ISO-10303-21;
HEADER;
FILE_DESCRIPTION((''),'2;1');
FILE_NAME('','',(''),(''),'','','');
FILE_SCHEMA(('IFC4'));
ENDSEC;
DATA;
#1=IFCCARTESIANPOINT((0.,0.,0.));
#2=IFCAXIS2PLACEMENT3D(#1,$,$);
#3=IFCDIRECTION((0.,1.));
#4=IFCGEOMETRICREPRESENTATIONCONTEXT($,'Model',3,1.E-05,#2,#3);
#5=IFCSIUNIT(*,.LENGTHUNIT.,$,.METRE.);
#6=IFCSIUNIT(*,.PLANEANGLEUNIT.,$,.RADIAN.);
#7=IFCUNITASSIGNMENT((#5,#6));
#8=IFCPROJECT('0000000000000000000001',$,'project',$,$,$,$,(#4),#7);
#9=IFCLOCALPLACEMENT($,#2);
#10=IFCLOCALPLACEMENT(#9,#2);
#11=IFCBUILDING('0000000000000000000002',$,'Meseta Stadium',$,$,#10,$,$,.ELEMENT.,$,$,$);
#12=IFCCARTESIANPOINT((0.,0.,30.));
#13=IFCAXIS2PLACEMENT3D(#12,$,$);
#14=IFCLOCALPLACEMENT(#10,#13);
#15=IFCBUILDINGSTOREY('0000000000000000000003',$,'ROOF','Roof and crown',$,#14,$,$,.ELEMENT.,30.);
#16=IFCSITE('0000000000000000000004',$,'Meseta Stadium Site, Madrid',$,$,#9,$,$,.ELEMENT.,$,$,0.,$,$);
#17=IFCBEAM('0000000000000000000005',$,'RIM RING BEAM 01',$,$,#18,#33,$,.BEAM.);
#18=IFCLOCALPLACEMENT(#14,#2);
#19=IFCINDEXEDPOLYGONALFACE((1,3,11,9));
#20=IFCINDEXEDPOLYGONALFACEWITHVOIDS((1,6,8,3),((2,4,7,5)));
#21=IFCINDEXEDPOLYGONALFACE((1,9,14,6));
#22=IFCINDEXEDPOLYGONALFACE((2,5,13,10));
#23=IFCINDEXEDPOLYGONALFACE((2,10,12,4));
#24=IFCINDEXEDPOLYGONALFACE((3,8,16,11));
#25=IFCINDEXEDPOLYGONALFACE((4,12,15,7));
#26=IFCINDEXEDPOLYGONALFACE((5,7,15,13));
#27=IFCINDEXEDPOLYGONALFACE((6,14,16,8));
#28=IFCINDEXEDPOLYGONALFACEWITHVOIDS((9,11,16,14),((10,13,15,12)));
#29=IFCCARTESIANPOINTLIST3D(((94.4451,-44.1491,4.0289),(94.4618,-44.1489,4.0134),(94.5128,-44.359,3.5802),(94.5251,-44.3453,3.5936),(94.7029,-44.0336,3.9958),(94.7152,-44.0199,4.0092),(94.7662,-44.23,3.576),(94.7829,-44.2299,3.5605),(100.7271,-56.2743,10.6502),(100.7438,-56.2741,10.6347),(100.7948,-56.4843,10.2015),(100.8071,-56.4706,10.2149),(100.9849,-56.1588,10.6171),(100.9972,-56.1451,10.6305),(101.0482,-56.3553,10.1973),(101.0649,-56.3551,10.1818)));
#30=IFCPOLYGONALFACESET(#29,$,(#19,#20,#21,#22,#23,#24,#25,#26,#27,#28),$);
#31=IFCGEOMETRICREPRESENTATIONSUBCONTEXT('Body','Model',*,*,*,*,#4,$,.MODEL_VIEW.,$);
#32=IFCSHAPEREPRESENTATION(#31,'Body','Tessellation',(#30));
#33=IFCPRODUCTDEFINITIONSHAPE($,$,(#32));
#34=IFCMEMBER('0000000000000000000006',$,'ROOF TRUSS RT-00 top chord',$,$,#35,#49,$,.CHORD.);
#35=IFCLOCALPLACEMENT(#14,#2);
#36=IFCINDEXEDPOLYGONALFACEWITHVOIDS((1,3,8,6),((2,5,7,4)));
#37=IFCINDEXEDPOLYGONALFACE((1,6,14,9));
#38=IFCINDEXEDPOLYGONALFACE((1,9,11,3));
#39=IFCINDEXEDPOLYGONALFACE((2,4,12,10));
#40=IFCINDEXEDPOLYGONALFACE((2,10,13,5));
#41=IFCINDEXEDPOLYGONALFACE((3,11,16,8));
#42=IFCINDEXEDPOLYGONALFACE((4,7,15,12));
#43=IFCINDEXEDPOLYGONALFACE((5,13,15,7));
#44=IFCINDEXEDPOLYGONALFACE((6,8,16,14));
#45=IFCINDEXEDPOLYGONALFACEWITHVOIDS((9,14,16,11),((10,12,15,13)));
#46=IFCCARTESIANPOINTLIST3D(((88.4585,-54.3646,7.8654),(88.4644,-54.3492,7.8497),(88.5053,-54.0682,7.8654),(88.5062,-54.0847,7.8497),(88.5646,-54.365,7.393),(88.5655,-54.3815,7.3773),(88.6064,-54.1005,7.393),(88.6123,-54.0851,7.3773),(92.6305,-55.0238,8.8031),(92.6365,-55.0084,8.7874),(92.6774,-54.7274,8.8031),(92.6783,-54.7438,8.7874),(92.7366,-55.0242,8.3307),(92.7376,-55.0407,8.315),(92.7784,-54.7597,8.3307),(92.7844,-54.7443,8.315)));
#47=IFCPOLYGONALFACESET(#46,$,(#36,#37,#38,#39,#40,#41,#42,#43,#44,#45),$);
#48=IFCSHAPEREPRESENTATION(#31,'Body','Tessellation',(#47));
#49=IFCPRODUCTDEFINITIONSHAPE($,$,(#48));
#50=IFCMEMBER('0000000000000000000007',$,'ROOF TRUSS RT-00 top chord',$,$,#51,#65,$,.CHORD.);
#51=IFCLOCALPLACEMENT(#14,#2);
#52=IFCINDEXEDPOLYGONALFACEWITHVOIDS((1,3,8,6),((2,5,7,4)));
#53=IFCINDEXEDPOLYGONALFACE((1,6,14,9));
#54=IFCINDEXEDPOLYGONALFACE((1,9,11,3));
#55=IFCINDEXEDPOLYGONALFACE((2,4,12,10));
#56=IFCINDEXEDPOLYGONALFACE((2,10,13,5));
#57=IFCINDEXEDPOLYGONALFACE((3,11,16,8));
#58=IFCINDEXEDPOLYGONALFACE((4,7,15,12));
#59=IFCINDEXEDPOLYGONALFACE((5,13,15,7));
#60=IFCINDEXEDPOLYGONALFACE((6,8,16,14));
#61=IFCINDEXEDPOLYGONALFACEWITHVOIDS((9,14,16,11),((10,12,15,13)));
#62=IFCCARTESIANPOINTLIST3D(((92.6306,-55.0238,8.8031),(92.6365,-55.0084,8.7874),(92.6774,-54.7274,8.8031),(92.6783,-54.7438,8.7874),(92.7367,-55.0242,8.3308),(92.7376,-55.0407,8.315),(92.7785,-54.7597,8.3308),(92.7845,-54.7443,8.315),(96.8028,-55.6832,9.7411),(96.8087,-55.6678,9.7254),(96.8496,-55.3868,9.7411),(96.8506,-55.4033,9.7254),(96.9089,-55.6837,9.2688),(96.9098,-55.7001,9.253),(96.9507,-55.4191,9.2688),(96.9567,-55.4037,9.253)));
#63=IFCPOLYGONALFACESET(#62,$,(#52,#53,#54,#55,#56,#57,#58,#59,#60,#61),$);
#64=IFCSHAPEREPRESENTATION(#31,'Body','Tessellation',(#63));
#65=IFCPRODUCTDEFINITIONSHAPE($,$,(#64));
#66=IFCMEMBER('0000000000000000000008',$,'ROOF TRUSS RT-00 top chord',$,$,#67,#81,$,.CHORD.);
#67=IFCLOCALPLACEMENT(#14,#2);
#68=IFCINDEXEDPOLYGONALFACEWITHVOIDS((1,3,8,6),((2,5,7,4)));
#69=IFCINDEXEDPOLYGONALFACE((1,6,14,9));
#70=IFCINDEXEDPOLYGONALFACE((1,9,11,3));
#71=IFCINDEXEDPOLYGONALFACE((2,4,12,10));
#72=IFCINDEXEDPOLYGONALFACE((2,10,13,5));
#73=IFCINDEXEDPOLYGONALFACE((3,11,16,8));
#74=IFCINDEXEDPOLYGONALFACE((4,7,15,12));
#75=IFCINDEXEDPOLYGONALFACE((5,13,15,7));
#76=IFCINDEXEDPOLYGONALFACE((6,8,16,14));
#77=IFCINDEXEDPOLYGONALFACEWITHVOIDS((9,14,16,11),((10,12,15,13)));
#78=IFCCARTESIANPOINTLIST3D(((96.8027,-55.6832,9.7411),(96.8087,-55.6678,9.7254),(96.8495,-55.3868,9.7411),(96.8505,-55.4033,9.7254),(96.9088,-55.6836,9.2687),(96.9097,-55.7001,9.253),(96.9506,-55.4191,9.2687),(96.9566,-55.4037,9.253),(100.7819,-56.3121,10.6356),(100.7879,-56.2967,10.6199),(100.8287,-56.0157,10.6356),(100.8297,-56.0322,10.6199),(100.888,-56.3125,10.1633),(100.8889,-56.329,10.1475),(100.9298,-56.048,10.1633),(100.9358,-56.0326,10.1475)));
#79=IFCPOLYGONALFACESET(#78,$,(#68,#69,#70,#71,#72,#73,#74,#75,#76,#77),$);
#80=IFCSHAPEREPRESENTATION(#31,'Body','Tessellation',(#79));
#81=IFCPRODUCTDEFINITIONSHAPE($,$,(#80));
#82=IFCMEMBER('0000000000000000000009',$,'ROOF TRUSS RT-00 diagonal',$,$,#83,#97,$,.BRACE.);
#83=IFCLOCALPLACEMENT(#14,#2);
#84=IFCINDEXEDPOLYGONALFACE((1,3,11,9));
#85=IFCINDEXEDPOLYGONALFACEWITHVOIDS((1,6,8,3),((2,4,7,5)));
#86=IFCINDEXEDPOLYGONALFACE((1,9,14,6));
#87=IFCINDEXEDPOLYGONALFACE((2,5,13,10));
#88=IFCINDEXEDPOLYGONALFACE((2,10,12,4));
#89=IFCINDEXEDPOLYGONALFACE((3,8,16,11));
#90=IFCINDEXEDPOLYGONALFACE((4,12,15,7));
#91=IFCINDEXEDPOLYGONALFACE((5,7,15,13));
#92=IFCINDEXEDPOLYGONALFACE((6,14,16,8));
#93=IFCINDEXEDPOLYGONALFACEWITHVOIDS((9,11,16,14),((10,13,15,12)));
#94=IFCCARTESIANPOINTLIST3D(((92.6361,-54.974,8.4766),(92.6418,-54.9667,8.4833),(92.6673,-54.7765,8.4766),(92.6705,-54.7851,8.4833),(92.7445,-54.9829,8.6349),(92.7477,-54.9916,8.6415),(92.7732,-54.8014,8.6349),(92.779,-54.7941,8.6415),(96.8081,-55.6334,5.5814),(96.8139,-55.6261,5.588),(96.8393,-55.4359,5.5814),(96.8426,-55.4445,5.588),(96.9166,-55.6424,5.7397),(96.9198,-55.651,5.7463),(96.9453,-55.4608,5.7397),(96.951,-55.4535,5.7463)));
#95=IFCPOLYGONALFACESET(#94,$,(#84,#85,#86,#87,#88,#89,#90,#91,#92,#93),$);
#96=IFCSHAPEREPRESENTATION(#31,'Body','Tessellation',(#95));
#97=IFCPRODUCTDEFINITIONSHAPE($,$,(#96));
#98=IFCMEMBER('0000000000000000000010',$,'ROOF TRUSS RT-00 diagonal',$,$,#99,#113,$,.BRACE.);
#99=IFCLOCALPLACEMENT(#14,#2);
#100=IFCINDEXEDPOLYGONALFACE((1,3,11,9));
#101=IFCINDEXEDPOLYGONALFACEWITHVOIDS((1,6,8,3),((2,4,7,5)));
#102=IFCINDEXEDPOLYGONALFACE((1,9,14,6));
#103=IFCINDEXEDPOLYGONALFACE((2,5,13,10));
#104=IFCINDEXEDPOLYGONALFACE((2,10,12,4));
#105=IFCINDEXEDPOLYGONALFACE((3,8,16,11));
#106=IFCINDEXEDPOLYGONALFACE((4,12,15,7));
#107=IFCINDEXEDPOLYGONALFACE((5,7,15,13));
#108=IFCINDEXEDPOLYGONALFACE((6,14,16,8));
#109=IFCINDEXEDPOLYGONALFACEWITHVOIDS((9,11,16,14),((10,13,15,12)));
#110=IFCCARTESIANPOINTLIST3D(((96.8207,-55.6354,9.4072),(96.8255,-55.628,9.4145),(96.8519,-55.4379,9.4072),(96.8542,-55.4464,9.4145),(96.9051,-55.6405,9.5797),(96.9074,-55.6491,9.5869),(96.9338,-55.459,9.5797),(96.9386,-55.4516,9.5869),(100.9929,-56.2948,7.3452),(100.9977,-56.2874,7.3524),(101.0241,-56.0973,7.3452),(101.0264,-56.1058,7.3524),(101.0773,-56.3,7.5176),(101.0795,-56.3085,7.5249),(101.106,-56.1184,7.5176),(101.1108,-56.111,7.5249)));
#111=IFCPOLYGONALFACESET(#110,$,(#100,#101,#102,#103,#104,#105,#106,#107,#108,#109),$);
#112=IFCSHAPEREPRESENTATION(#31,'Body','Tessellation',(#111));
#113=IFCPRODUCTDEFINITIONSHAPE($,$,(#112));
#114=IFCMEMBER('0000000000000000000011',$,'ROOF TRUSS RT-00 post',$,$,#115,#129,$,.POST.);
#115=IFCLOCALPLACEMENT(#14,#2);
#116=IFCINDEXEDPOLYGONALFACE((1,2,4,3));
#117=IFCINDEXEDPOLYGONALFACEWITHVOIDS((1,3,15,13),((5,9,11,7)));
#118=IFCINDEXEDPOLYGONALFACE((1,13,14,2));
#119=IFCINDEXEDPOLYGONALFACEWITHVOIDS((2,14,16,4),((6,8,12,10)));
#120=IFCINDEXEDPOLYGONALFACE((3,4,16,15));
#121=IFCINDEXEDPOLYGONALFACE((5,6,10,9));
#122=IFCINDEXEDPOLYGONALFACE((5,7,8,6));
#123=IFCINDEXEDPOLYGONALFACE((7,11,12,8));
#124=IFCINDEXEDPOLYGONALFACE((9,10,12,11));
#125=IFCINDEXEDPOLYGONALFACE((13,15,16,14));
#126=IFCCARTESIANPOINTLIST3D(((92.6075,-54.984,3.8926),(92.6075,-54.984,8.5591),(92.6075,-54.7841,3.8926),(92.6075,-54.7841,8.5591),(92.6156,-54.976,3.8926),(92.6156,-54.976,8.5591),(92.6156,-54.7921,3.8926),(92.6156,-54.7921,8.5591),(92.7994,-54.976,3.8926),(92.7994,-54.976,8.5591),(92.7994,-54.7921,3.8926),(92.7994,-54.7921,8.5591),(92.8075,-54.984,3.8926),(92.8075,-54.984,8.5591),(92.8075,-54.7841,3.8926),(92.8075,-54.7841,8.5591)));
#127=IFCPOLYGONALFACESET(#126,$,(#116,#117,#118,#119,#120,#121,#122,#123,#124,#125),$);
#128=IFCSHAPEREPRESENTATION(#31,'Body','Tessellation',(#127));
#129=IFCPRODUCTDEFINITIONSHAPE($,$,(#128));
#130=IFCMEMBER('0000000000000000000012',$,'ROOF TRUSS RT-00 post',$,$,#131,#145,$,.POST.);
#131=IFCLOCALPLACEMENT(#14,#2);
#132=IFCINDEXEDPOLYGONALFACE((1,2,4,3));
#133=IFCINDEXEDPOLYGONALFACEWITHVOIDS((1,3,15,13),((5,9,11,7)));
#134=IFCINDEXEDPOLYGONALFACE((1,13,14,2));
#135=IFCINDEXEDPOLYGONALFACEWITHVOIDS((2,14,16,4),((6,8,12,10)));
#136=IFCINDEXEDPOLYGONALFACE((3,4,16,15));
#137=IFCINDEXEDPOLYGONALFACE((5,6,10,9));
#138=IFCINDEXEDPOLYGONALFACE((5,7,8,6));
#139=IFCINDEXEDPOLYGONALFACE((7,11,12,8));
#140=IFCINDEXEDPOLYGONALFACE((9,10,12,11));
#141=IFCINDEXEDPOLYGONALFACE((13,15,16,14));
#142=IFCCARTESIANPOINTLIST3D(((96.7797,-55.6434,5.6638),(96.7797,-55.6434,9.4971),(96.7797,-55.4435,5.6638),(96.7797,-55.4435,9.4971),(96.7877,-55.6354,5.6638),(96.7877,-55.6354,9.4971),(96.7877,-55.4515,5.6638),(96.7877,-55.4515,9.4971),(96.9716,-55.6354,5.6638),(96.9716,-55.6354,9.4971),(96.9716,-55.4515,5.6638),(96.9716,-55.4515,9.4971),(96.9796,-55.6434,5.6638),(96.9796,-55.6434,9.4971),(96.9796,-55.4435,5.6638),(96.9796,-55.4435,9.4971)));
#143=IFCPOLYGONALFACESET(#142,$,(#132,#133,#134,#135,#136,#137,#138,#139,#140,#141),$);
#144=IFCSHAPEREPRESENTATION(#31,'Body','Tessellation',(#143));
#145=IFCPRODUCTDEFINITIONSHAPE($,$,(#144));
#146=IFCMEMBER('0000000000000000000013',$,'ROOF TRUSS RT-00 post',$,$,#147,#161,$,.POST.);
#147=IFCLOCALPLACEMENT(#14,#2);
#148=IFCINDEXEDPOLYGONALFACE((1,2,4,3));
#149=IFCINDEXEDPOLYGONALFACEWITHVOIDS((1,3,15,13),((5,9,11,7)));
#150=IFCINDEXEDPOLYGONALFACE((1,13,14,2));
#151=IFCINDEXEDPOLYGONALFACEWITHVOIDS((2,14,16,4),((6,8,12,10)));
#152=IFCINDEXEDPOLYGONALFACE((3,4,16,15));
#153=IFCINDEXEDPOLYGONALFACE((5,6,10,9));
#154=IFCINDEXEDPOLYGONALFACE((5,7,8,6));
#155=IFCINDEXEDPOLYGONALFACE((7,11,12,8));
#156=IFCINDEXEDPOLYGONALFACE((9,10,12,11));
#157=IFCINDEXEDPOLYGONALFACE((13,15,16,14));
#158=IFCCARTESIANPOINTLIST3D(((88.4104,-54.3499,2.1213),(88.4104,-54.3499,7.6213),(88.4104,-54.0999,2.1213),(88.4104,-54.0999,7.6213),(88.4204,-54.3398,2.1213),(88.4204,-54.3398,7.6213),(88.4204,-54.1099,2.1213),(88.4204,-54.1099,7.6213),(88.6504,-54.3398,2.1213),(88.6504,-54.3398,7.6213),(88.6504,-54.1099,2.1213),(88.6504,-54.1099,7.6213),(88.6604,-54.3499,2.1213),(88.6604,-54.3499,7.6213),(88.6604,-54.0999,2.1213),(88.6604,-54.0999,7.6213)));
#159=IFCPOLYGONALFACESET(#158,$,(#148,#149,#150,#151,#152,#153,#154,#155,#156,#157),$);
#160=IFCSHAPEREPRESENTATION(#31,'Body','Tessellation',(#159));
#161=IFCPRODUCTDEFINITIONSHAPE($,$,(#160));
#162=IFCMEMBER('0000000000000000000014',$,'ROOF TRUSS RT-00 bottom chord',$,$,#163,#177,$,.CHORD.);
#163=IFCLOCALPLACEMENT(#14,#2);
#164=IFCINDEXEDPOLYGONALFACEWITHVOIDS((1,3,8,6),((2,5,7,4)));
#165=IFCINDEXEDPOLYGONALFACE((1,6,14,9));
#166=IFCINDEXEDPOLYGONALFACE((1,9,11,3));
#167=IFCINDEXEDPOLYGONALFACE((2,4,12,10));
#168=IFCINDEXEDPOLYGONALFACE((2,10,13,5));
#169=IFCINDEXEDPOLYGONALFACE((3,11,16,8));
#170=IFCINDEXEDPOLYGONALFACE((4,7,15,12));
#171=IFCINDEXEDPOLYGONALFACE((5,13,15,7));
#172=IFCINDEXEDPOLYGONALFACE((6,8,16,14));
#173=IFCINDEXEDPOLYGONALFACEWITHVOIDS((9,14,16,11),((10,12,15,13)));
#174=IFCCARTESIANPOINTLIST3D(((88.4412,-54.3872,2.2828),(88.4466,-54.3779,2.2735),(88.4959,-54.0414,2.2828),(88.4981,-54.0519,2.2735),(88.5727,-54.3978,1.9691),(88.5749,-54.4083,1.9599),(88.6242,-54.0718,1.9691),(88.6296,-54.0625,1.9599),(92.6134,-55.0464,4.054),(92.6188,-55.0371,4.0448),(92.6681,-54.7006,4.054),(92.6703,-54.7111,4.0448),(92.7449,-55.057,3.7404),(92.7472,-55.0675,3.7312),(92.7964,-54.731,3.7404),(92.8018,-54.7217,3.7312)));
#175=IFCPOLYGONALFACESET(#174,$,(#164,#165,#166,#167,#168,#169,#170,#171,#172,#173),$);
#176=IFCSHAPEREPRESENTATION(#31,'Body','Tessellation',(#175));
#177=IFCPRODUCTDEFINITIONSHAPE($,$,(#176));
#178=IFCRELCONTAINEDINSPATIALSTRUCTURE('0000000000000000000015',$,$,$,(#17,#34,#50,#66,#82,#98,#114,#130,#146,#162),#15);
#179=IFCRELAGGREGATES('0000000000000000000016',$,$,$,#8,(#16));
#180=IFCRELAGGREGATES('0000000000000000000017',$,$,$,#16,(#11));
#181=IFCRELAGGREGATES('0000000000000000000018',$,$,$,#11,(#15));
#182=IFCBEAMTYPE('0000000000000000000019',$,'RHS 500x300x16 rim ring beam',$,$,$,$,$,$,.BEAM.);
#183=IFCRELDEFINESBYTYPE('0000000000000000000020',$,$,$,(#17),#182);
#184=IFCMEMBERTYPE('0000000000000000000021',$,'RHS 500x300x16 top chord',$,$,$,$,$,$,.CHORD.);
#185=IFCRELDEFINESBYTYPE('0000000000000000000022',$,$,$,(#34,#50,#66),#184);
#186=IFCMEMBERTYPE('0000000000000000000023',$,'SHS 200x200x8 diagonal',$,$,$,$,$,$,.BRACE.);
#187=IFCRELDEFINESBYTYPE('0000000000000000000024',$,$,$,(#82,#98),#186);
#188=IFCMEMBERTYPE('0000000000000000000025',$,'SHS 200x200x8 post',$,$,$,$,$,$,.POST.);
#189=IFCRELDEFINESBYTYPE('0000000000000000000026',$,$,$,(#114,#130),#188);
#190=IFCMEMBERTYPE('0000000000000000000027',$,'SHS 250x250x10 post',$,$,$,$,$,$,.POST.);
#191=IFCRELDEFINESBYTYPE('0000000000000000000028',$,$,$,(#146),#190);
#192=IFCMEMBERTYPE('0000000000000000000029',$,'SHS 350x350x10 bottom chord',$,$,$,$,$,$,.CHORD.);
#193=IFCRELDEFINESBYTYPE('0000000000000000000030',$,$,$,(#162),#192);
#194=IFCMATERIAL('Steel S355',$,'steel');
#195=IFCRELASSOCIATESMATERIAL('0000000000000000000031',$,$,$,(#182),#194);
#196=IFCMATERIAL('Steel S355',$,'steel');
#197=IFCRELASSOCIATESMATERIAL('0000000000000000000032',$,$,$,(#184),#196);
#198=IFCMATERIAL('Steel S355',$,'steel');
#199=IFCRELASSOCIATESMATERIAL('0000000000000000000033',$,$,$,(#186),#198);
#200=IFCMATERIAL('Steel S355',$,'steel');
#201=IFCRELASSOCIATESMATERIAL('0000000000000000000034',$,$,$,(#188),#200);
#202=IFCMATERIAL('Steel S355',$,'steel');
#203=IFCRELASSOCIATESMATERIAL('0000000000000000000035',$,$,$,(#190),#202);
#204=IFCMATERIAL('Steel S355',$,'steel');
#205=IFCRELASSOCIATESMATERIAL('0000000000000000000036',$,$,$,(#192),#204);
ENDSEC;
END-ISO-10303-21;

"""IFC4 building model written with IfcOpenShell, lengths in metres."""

from ifc_helpers import new_model, si_unit, direction, frame, origin, origin_2d, place, context, subcontext, project, spatial, hollow_rectangle, extrude, material, material_profile, profile_set, type_object, element, save


model = new_model("IFC4")

# Units and contexts
model_context = context("Model", 3, precision=1e-05, world=origin(), true_north=direction((0.0, 1.0)))
body_context = subcontext(model_context, "Body", "Model", "MODEL_VIEW")
ifc_project = project(units=[si_unit("LENGTHUNIT", "METRE"), si_unit("PLANEANGLEUNIT", "RADIAN")], contexts=[model_context])

# Site, building, storey
site_placement = place(None, origin())
site = spatial("IfcSite", under=ifc_project, at=site_placement, Name="Meseta Stadium Site, Madrid", CompositionType="ELEMENT", RefElevation=0.0)
building_placement = place(site_placement, origin())
building = spatial("IfcBuilding", under=site, at=building_placement, Name="Meseta Stadium", CompositionType="ELEMENT")
storey_placement = place(building_placement, frame((0.0, 0.0, 30.0)))
storey = spatial("IfcBuildingStorey", under=building, at=storey_placement, Name="ROOF", Description="Roof and crown", CompositionType="ELEMENT", Elevation=30.0)

# Beam
ifc_material_1 = material(Name="Steel S355", Category="steel")
ifc_material_profile_1 = material_profile(ifc_material_1, hollow_rectangle(XDim=0.3, YDim=0.5, WallThickness=0.0161, at=origin_2d()), Name="RHS 500x300x16")
ifc_profile_set_1 = profile_set([ifc_material_profile_1], Name="Steel S355")
beam_type = type_object("IfcBeamType", Name="RHS 500x300x16 rim ring beam", PredefinedType="BEAM", material=ifc_profile_set_1)
beam_placement = place(storey_placement, frame((100.896, -56.3147, 10.416), z_axis=(-0.413928, 0.798947, -0.436288), x_axis=(-0.900185, -0.430531, 0.065645)))
element("IfcBeam", 1, at=beam_placement, inside=storey, type_object=beam_type, Name="RIM RING BEAM 01", PredefinedType="BEAM", context=body_context, shape_type="SweptSolid", body=[
    extrude(hollow_rectangle(XDim=0.3, YDim=0.5, WallThickness=0.0161, at=origin_2d()), origin(), (0.0, 0.0, 1.0), 15.1765),
])

# Members
ifc_material_2 = material(Name="Steel S355", Category="steel")
ifc_material_profile_2 = material_profile(ifc_material_2, hollow_rectangle(XDim=0.3, YDim=0.5, WallThickness=0.0161, at=origin_2d()), Name="RHS 500x300x16")
ifc_profile_set_2 = profile_set([ifc_material_profile_2], Name="Steel S355")
member_type_1 = type_object("IfcMemberType", Name="RHS 500x300x16 top chord", PredefinedType="CHORD", material=ifc_profile_set_2)
member_1_placement = place(storey_placement, frame((88.5354, -54.2249, 7.6213), z_axis=(0.96427, -0.152351, 0.216734), x_axis=(0.156061, 0.987747, 0.0)))
element("IfcMember", 2, at=member_1_placement, inside=storey, type_object=member_type_1, Name="ROOF TRUSS RT-00 top chord", PredefinedType="CHORD", context=body_context, shape_type="SweptSolid", body=[
    extrude(hollow_rectangle(XDim=0.3, YDim=0.5, WallThickness=0.0161, at=origin_2d()), origin(), (0.0, 0.0, 1.0), 4.3267),
])
member_2_placement = place(storey_placement, frame((92.7075, -54.884, 8.5591), z_axis=(0.964249, -0.152404, 0.216785), x_axis=(0.156117, 0.987739, 0.0)))
element("IfcMember", 3, at=member_2_placement, inside=storey, type_object=member_type_1, Name="ROOF TRUSS RT-00 top chord", PredefinedType="CHORD", context=body_context, shape_type="SweptSolid", body=[
    extrude(hollow_rectangle(XDim=0.3, YDim=0.5, WallThickness=0.0161, at=origin_2d()), origin(), (0.0, 0.0, 1.0), 4.3269),
])
member_3_placement = place(storey_placement, frame((96.8796, -55.5435, 9.4971), z_axis=(0.964255, -0.152397, 0.216764), x_axis=(0.156109, 0.98774, 0.0)))
element("IfcMember", 4, at=member_3_placement, inside=storey, type_object=member_type_1, Name="ROOF TRUSS RT-00 top chord", PredefinedType="CHORD", context=body_context, shape_type="SweptSolid", body=[
    extrude(hollow_rectangle(XDim=0.3, YDim=0.5, WallThickness=0.0161, at=origin_2d()), origin(), (0.0, 0.0, 1.0), 4.1267),
])
ifc_material_3 = material(Name="Steel S355", Category="steel")
ifc_material_profile_3 = material_profile(ifc_material_3, hollow_rectangle(XDim=0.2, YDim=0.2, WallThickness=0.0081, at=origin_2d()), Name="SHS 200x200x8")
ifc_profile_set_3 = profile_set([ifc_material_profile_3], Name="Steel S355")
member_type_2 = type_object("IfcMemberType", Name="SHS 200x200x8 diagonal", PredefinedType="BRACE", material=ifc_profile_set_3)
member_4_placement = place(storey_placement, frame((92.7075, -54.884, 8.5591), z_axis=(0.814718, -0.12877, -0.565378), x_axis=(0.156117, 0.987739, 0.0)))
element("IfcMember", 5, at=member_4_placement, inside=storey, type_object=member_type_2, Name="ROOF TRUSS RT-00 diagonal", PredefinedType="BRACE", context=body_context, shape_type="SweptSolid", body=[
    extrude(hollow_rectangle(XDim=0.2, YDim=0.2, WallThickness=0.0081, at=origin_2d()), origin(), (0.0, 0.0, 1.0), 5.1208),
])
member_5_placement = place(storey_placement, frame((96.8796, -55.5435, 9.4971), z_axis=(0.887618, -0.140292, -0.438693), x_axis=(0.156117, 0.987739, 0.0)))
element("IfcMember", 6, at=member_5_placement, inside=storey, type_object=member_type_2, Name="ROOF TRUSS RT-00 diagonal", PredefinedType="BRACE", context=body_context, shape_type="SweptSolid", body=[
    extrude(hollow_rectangle(XDim=0.2, YDim=0.2, WallThickness=0.0081, at=origin_2d()), origin(), (0.0, 0.0, 1.0), 4.7004),
])
ifc_material_4 = material(Name="Steel S355", Category="steel")
ifc_material_profile_4 = material_profile(ifc_material_4, hollow_rectangle(XDim=0.2, YDim=0.2, WallThickness=0.0081, at=origin_2d()), Name="SHS 200x200x8")
ifc_profile_set_4 = profile_set([ifc_material_profile_4], Name="Steel S355")
member_type_3 = type_object("IfcMemberType", Name="SHS 200x200x8 post", PredefinedType="POST", material=ifc_profile_set_4)
member_6_placement = place(storey_placement, frame((92.7075, -54.884, 3.8926), z_axis=(0.0, 0.0, 1.0), x_axis=(1.0, 0.0, 0.0)))
element("IfcMember", 7, at=member_6_placement, inside=storey, type_object=member_type_3, Name="ROOF TRUSS RT-00 post", PredefinedType="POST", context=body_context, shape_type="SweptSolid", body=[
    extrude(hollow_rectangle(XDim=0.2, YDim=0.2, WallThickness=0.0081, at=origin_2d()), origin(), (0.0, 0.0, 1.0), 4.6665),
])
member_7_placement = place(storey_placement, frame((96.8796, -55.5435, 5.6638), z_axis=(0.0, 0.0, 1.0), x_axis=(1.0, 0.0, 0.0)))
element("IfcMember", 8, at=member_7_placement, inside=storey, type_object=member_type_3, Name="ROOF TRUSS RT-00 post", PredefinedType="POST", context=body_context, shape_type="SweptSolid", body=[
    extrude(hollow_rectangle(XDim=0.2, YDim=0.2, WallThickness=0.0081, at=origin_2d()), origin(), (0.0, 0.0, 1.0), 3.8333),
])
ifc_material_5 = material(Name="Steel S355", Category="steel")
ifc_material_profile_5 = material_profile(ifc_material_5, hollow_rectangle(XDim=0.25, YDim=0.25, WallThickness=0.01, at=origin_2d()), Name="SHS 250x250x10")
ifc_profile_set_5 = profile_set([ifc_material_profile_5], Name="Steel S355")
member_type_4 = type_object("IfcMemberType", Name="SHS 250x250x10 post", PredefinedType="POST", material=ifc_profile_set_5)
member_8_placement = place(storey_placement, frame((88.5354, -54.2249, 2.1213), z_axis=(0.0, 0.0, 1.0), x_axis=(1.0, 0.0, 0.0)))
element("IfcMember", 9, at=member_8_placement, inside=storey, type_object=member_type_4, Name="ROOF TRUSS RT-00 post", PredefinedType="POST", context=body_context, shape_type="SweptSolid", body=[
    extrude(hollow_rectangle(XDim=0.25, YDim=0.25, WallThickness=0.01, at=origin_2d()), origin(), (0.0, 0.0, 1.0), 5.5),
])
ifc_material_6 = material(Name="Steel S355", Category="steel")
ifc_material_profile_6 = material_profile(ifc_material_6, hollow_rectangle(XDim=0.3501, YDim=0.3501, WallThickness=0.01, at=origin_2d()), Name="SHS 350x350x10")
ifc_profile_set_6 = profile_set([ifc_material_profile_6], Name="Steel S355")
member_type_5 = type_object("IfcMemberType", Name="SHS 350x350x10 bottom chord", PredefinedType="CHORD", material=ifc_profile_set_6)
for number, where, z_axis, x_axis, name in (
    (10, (88.5354, -54.2249, 2.1213), (0.9109, -0.143919, 0.386715), (0.156061, 0.987747, 0.0), "ROOF TRUSS RT-00 bottom chord"),
):
    element("IfcMember", number, at=place(storey_placement, frame(where, z_axis=z_axis, x_axis=x_axis)), inside=storey, type_object=member_type_5, Name=name, PredefinedType="CHORD", context=body_context, shape_type="SweptSolid", body=[
        extrude(hollow_rectangle(XDim=0.3501, YDim=0.3501, WallThickness=0.01, at=origin_2d()), origin(), (0.0, 0.0, 1.0), 4.5803),
    ])

save(model, "model.ifc")
